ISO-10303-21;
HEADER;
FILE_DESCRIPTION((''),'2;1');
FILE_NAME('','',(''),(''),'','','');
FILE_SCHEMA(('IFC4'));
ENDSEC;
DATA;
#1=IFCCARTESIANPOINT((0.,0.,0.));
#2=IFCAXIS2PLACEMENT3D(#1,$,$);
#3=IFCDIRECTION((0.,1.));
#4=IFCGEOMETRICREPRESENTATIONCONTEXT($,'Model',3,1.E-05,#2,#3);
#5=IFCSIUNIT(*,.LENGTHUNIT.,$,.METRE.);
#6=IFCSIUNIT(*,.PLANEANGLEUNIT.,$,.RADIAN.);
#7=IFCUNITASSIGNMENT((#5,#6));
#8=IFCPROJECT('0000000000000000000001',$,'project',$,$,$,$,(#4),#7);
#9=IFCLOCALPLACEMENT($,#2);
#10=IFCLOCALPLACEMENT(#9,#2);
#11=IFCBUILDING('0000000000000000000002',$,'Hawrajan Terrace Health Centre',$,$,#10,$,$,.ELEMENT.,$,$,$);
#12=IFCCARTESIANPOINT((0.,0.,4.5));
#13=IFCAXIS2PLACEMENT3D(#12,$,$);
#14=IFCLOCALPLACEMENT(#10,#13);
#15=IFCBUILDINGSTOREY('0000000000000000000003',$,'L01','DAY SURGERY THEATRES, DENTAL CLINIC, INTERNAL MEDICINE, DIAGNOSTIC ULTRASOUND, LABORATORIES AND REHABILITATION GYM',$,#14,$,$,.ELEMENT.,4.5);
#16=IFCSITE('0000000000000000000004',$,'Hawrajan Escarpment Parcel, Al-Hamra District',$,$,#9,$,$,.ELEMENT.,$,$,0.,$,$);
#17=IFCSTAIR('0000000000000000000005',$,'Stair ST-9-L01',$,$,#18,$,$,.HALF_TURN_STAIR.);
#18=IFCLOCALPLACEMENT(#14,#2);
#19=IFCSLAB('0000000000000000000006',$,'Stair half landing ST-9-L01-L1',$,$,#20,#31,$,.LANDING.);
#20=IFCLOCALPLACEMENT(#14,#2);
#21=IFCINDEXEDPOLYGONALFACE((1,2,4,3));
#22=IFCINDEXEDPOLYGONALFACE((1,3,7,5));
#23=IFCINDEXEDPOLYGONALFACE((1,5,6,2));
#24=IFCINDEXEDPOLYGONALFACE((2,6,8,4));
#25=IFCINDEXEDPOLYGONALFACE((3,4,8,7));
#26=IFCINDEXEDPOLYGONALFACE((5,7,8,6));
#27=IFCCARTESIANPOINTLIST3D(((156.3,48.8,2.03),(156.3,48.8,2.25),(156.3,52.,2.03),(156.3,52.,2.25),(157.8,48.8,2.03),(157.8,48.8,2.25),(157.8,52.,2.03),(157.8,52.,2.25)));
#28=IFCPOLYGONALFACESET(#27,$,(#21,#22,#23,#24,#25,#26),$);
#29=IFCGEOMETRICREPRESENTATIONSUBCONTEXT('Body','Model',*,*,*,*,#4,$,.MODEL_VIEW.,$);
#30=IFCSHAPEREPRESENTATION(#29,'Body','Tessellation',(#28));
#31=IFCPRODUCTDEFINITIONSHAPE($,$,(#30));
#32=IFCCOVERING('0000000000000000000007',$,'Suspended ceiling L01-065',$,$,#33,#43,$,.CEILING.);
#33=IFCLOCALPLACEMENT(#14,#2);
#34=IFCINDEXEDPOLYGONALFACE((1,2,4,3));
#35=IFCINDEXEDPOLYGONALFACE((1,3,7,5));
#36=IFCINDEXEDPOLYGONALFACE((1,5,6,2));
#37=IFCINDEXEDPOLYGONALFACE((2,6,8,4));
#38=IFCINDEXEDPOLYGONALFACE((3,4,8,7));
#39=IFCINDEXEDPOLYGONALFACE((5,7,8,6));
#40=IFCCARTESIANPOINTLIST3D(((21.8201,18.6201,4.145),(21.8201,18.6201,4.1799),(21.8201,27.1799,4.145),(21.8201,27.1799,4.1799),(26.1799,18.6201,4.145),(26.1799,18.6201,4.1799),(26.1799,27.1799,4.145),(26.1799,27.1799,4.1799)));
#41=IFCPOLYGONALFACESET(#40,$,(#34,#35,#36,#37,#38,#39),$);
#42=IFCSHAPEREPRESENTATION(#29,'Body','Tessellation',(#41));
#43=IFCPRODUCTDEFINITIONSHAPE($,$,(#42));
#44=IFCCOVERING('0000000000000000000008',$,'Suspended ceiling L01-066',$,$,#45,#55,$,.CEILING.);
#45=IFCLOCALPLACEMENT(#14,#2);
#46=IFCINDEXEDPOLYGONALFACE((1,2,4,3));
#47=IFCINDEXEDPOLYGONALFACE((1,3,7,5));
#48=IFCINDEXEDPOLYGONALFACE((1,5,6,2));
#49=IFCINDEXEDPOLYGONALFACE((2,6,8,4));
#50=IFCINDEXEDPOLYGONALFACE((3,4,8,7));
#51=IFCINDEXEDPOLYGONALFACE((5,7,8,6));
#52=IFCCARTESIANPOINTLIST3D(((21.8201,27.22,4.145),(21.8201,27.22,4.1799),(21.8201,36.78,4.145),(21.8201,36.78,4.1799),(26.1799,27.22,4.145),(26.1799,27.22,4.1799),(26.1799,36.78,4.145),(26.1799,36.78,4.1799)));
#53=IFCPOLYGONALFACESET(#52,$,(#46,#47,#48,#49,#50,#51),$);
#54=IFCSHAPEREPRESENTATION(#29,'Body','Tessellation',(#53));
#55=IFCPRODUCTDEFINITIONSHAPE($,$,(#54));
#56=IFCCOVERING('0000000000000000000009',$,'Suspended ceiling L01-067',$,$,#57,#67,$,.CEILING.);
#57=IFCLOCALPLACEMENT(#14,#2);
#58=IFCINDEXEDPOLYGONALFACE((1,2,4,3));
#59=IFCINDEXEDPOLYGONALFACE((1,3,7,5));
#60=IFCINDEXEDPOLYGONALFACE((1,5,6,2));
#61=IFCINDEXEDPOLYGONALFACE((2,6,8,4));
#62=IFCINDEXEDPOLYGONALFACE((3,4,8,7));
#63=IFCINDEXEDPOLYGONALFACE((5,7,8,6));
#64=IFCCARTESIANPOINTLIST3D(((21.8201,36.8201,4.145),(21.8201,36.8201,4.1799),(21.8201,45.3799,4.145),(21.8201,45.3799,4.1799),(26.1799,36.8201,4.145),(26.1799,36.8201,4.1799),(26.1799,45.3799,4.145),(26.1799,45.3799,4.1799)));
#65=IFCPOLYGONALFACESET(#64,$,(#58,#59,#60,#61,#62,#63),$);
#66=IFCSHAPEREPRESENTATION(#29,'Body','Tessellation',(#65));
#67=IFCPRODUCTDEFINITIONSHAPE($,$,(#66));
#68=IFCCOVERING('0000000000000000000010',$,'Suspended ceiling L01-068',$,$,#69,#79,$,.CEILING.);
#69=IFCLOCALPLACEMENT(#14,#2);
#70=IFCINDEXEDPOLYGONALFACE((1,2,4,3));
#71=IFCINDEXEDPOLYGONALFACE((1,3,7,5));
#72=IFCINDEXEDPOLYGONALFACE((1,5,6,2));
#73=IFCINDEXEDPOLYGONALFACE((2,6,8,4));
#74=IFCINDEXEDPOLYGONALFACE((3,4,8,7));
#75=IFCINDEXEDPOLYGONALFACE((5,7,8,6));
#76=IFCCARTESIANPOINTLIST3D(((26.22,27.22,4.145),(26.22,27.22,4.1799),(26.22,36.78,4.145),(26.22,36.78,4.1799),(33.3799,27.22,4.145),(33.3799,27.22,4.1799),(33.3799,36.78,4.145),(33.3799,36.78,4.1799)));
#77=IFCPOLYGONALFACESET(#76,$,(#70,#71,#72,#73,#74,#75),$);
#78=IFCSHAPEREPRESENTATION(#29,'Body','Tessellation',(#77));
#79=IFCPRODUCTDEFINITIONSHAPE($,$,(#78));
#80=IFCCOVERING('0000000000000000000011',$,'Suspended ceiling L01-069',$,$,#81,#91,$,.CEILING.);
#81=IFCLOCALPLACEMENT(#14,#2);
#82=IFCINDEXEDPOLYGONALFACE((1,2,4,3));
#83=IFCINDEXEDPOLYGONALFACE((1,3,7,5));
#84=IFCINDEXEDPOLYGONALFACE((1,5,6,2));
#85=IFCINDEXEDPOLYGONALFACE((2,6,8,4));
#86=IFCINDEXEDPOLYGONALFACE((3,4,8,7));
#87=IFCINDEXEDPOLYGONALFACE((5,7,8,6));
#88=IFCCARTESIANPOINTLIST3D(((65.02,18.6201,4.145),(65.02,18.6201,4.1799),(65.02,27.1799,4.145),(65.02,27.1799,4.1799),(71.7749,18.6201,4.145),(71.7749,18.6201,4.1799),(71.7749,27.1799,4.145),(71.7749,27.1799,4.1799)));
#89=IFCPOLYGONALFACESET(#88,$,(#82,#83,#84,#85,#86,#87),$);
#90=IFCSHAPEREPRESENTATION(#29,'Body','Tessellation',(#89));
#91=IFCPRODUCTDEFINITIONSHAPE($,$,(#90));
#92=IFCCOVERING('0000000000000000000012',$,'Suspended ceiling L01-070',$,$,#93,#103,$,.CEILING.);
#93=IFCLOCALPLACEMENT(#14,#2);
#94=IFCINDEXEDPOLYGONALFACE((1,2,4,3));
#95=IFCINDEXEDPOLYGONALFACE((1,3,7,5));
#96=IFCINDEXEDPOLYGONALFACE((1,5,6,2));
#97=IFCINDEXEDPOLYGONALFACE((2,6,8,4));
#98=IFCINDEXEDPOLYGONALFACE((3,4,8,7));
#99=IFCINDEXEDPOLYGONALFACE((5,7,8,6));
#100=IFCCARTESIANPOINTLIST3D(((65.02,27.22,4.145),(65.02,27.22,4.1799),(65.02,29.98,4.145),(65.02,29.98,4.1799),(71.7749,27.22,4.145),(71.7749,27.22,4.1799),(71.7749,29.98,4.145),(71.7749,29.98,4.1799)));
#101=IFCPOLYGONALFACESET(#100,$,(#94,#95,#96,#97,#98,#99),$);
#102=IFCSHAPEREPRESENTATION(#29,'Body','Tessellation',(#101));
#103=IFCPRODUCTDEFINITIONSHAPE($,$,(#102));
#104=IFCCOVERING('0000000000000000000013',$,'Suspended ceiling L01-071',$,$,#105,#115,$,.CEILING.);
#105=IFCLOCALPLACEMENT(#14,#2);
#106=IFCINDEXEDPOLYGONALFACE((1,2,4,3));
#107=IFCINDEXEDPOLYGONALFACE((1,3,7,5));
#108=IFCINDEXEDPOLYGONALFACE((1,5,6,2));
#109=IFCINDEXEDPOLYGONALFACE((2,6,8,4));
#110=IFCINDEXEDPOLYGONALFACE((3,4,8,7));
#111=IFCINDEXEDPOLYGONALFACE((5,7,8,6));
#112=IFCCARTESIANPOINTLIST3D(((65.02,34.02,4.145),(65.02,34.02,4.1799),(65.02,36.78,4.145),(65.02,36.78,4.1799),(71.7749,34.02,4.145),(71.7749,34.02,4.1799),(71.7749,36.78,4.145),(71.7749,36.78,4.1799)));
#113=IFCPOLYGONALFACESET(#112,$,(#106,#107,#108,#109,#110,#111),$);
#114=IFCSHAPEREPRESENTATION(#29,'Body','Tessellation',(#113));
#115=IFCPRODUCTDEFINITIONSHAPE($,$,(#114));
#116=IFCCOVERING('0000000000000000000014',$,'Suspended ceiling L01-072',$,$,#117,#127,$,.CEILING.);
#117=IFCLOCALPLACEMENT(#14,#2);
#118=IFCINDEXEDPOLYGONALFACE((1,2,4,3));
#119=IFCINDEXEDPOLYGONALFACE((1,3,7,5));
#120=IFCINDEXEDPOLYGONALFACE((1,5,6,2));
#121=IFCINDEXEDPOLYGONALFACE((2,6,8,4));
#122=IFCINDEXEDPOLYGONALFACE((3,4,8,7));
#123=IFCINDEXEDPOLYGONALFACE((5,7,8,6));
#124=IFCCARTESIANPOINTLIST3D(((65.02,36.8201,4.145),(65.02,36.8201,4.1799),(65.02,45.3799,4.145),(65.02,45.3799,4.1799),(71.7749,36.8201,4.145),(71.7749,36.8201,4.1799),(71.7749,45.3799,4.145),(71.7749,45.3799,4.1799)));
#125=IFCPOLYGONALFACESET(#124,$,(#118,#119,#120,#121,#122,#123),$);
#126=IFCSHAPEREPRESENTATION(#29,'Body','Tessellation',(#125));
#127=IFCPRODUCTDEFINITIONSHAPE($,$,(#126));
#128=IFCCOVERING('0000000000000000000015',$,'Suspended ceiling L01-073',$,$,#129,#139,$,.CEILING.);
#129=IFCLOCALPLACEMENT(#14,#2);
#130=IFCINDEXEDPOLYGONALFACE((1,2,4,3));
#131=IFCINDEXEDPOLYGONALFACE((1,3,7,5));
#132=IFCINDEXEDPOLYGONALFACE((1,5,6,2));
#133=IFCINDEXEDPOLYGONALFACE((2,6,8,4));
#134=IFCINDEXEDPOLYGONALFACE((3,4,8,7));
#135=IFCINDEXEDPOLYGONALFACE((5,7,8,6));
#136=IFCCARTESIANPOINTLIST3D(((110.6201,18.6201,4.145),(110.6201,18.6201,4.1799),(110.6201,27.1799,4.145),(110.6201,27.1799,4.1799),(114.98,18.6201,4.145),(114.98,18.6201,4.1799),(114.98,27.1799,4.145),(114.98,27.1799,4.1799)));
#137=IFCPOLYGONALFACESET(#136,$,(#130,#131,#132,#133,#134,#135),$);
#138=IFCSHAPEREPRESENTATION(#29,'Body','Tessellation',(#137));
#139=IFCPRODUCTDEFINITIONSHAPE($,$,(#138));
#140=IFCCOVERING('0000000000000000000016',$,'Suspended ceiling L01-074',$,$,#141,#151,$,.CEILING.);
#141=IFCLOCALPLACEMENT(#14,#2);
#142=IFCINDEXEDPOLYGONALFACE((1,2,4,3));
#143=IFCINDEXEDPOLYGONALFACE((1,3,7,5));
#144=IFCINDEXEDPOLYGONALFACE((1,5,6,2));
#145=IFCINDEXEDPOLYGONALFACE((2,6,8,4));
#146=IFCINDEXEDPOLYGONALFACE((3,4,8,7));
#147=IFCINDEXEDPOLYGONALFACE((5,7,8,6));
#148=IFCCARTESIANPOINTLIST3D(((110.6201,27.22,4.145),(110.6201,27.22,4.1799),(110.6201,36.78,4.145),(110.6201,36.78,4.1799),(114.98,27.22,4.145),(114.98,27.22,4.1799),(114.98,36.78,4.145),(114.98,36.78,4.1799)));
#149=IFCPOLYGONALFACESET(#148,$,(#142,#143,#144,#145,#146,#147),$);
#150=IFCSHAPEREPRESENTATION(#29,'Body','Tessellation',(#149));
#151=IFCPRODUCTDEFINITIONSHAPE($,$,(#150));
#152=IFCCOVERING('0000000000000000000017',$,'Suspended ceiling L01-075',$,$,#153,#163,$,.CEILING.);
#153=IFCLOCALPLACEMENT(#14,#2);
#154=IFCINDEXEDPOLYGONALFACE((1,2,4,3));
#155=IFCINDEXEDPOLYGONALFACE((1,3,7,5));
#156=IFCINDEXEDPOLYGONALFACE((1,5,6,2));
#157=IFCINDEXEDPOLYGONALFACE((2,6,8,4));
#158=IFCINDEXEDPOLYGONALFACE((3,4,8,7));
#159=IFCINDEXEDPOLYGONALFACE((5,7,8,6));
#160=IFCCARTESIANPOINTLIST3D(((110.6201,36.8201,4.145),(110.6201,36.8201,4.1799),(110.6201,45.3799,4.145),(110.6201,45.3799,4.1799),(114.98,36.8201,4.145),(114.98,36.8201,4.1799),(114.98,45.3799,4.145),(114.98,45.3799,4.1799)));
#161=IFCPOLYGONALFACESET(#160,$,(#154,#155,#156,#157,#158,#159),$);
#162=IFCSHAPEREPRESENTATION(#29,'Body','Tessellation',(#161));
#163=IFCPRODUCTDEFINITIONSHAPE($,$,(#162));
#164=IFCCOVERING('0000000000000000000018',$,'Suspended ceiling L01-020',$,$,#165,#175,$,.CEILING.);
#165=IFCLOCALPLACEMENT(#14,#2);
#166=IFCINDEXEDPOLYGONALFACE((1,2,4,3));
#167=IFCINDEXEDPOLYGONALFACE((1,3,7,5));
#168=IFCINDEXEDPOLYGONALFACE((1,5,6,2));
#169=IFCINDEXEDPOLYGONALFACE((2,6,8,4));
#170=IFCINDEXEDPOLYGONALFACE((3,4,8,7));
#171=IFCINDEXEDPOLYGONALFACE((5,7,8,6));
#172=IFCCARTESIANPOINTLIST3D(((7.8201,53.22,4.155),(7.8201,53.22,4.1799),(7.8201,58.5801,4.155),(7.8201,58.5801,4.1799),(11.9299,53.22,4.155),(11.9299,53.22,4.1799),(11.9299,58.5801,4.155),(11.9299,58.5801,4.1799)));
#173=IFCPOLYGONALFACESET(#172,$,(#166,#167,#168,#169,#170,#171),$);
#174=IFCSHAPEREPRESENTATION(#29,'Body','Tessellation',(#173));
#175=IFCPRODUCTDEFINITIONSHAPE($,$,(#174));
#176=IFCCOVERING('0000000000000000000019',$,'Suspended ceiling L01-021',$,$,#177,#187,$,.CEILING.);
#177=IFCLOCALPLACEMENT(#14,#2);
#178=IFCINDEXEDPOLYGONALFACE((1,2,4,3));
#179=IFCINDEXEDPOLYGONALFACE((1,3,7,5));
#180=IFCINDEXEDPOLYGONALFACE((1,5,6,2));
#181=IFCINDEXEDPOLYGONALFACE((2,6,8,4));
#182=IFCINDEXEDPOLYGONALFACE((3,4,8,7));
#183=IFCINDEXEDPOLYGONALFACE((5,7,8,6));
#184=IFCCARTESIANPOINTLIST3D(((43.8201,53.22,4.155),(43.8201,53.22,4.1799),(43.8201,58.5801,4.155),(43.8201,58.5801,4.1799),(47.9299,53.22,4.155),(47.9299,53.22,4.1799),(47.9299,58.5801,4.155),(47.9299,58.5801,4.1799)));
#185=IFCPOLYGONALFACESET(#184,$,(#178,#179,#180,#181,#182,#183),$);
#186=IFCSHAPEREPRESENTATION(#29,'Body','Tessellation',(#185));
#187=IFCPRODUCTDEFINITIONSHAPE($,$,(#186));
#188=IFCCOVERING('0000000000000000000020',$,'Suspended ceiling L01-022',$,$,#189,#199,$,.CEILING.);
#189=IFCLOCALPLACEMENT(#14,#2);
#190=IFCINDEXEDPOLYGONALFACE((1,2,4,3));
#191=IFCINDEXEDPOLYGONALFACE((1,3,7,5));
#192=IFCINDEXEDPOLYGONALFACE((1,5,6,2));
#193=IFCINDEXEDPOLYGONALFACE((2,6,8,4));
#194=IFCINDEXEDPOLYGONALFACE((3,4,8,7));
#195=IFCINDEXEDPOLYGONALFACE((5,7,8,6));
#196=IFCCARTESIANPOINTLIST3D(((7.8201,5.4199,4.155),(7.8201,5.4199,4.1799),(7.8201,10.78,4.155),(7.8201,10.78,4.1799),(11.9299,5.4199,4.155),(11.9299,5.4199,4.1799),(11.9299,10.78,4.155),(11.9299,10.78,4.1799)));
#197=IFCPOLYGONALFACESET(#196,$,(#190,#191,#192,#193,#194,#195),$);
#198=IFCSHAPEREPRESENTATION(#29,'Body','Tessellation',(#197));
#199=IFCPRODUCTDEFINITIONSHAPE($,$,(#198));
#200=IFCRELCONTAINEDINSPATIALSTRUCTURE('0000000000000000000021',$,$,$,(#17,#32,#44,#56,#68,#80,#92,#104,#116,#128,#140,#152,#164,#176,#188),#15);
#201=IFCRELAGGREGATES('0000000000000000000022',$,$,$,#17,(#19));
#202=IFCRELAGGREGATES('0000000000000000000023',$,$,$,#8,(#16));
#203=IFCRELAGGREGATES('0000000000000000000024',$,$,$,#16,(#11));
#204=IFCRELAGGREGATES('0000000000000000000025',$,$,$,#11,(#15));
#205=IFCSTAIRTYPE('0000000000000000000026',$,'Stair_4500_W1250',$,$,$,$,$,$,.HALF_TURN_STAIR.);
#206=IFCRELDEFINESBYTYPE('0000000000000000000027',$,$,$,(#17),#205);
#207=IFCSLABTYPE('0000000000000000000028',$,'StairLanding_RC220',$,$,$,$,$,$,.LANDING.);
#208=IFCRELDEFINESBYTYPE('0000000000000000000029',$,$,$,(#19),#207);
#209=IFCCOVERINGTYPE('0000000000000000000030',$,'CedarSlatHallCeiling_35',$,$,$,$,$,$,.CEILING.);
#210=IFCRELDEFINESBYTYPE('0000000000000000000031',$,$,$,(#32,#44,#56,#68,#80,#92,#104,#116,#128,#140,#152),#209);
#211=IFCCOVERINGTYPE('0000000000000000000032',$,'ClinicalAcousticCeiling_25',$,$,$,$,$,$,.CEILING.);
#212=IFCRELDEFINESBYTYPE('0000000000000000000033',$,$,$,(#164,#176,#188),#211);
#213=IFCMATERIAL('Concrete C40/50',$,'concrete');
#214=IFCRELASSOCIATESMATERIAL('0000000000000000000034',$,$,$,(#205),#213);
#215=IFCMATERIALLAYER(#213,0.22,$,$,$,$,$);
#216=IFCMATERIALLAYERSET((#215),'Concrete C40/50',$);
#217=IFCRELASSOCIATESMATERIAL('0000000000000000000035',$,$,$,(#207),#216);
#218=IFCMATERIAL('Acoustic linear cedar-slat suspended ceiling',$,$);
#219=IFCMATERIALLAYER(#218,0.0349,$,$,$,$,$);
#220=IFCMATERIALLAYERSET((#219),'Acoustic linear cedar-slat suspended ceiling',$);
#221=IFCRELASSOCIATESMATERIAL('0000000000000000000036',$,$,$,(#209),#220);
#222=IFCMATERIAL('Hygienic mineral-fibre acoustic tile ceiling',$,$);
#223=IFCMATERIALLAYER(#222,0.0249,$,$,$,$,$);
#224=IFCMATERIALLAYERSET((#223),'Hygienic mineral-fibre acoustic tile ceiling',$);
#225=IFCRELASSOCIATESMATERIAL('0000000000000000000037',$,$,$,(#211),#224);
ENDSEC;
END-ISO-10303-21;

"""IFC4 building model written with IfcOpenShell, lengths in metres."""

from ifc_helpers import new_model, si_unit, direction, frame, origin, place, context, subcontext, project, spatial, polyline, outline, extrude, material, layer, layer_set, type_object, element, aggregate, save


model = new_model("IFC4")

# Units and contexts
model_context = context("Model", 3, precision=1e-05, world=origin(), true_north=direction((0.0, 1.0)))
body_context = subcontext(model_context, "Body", "Model", "MODEL_VIEW")
ifc_project = project(units=[si_unit("LENGTHUNIT", "METRE"), si_unit("PLANEANGLEUNIT", "RADIAN")], contexts=[model_context])

# Site, building, storey
site_placement = place(None, origin())
site = spatial("IfcSite", under=ifc_project, at=site_placement, Name="Hawrajan Escarpment Parcel, Al-Hamra District", CompositionType="ELEMENT", RefElevation=0.0)
building_placement = place(site_placement, origin())
building = spatial("IfcBuilding", under=site, at=building_placement, Name="Hawrajan Terrace Health Centre", CompositionType="ELEMENT")
storey_placement = place(building_placement, frame((0.0, 0.0, 4.5)))
storey = spatial("IfcBuildingStorey", under=building, at=storey_placement, Name="L01", Description="DAY SURGERY THEATRES, DENTAL CLINIC, INTERNAL MEDICINE, DIAGNOSTIC ULTRASOUND, LABORATORIES AND REHABILITATION GYM", CompositionType="ELEMENT", Elevation=4.5)

# Stair, slab
ifc_material_1 = material(Name="Concrete C40/50", Category="concrete")
stair_type = type_object("IfcStairType", Name="Stair_4500_W1250", PredefinedType="HALF_TURN_STAIR", material=ifc_material_1)
stair_placement = place(storey_placement, origin())
stair = element("IfcStair", 1, at=stair_placement, inside=storey, type_object=stair_type, Name="Stair ST-9-L01", PredefinedType="HALF_TURN_STAIR")
ifc_layer_1 = layer(ifc_material_1, 0.22)
ifc_layer_set_1 = layer_set([ifc_layer_1], Name="Concrete C40/50")
slab_type = type_object("IfcSlabType", Name="StairLanding_RC220", PredefinedType="LANDING", material=ifc_layer_set_1)
slab_placement = place(storey_placement, frame((0.0, 0.0, 2.03)))
slab = element("IfcSlab", 2, at=slab_placement, type_object=slab_type, Name="Stair half landing ST-9-L01-L1", PredefinedType="LANDING", context=body_context, shape_type="SweptSolid", body=[
    extrude(outline(polyline([(156.3, 48.8), (157.8, 48.8), (157.8, 52.0), (156.3, 52.0), (156.3, 48.8)])), origin(), (0.0, 0.0, 1.0), 0.22),
])
aggregate(stair, [slab])

# Coverings
ifc_material_2 = material(Name="Acoustic linear cedar-slat suspended ceiling")
ifc_layer_2 = layer(ifc_material_2, 0.0349)
ifc_layer_set_2 = layer_set([ifc_layer_2], Name="Acoustic linear cedar-slat suspended ceiling")
covering_type_1 = type_object("IfcCoveringType", Name="CedarSlatHallCeiling_35", PredefinedType="CEILING", material=ifc_layer_set_2)
covering_1_placement = place(storey_placement, frame((0.0, 0.0, 4.145)))
element("IfcCovering", 3, at=covering_1_placement, inside=storey, type_object=covering_type_1, Name="Suspended ceiling L01-065", PredefinedType="CEILING", context=body_context, shape_type="SweptSolid", body=[
    extrude(outline(polyline([(21.8201, 27.1799), (26.1799, 27.1799), (26.1799, 18.6201), (21.8201, 18.6201), (21.8201, 27.1799)])), origin(), (0.0, 0.0, 1.0), 0.0349),
])
covering_2_placement = place(storey_placement, frame((0.0, 0.0, 4.145)))
element("IfcCovering", 4, at=covering_2_placement, inside=storey, type_object=covering_type_1, Name="Suspended ceiling L01-066", PredefinedType="CEILING", context=body_context, shape_type="SweptSolid", body=[
    extrude(outline(polyline([(21.8201, 36.78), (26.1799, 36.78), (26.1799, 27.22), (21.8201, 27.22), (21.8201, 36.78)])), origin(), (0.0, 0.0, 1.0), 0.0349),
])
covering_3_placement = place(storey_placement, frame((0.0, 0.0, 4.145)))
element("IfcCovering", 5, at=covering_3_placement, inside=storey, type_object=covering_type_1, Name="Suspended ceiling L01-067", PredefinedType="CEILING", context=body_context, shape_type="SweptSolid", body=[
    extrude(outline(polyline([(21.8201, 45.3799), (26.1799, 45.3799), (26.1799, 36.8201), (21.8201, 36.8201), (21.8201, 45.3799)])), origin(), (0.0, 0.0, 1.0), 0.0349),
])
covering_4_placement = place(storey_placement, frame((0.0, 0.0, 4.145)))
element("IfcCovering", 6, at=covering_4_placement, inside=storey, type_object=covering_type_1, Name="Suspended ceiling L01-068", PredefinedType="CEILING", context=body_context, shape_type="SweptSolid", body=[
    extrude(outline(polyline([(26.22, 36.78), (33.3799, 36.78), (33.3799, 27.22), (26.22, 27.22), (26.22, 36.78)])), origin(), (0.0, 0.0, 1.0), 0.0349),
])
covering_5_placement = place(storey_placement, frame((0.0, 0.0, 4.145)))
element("IfcCovering", 7, at=covering_5_placement, inside=storey, type_object=covering_type_1, Name="Suspended ceiling L01-069", PredefinedType="CEILING", context=body_context, shape_type="SweptSolid", body=[
    extrude(outline(polyline([(65.02, 27.1799), (71.7749, 27.1799), (71.7749, 18.6201), (65.02, 18.6201), (65.02, 27.1799)])), origin(), (0.0, 0.0, 1.0), 0.0349),
])
covering_6_placement = place(storey_placement, frame((0.0, 0.0, 4.145)))
element("IfcCovering", 8, at=covering_6_placement, inside=storey, type_object=covering_type_1, Name="Suspended ceiling L01-070", PredefinedType="CEILING", context=body_context, shape_type="SweptSolid", body=[
    extrude(outline(polyline([(65.02, 29.98), (71.7749, 29.98), (71.7749, 27.22), (65.02, 27.22), (65.02, 29.98)])), origin(), (0.0, 0.0, 1.0), 0.0349),
])
covering_7_placement = place(storey_placement, frame((0.0, 0.0, 4.145)))
element("IfcCovering", 9, at=covering_7_placement, inside=storey, type_object=covering_type_1, Name="Suspended ceiling L01-071", PredefinedType="CEILING", context=body_context, shape_type="SweptSolid", body=[
    extrude(outline(polyline([(65.02, 36.78), (71.7749, 36.78), (71.7749, 34.02), (65.02, 34.02), (65.02, 36.78)])), origin(), (0.0, 0.0, 1.0), 0.0349),
])
covering_8_placement = place(storey_placement, frame((0.0, 0.0, 4.145)))
element("IfcCovering", 10, at=covering_8_placement, inside=storey, type_object=covering_type_1, Name="Suspended ceiling L01-072", PredefinedType="CEILING", context=body_context, shape_type="SweptSolid", body=[
    extrude(outline(polyline([(65.02, 45.3799), (71.7749, 45.3799), (71.7749, 36.8201), (65.02, 36.8201), (65.02, 45.3799)])), origin(), (0.0, 0.0, 1.0), 0.0349),
])
covering_9_placement = place(storey_placement, frame((0.0, 0.0, 4.145)))
element("IfcCovering", 11, at=covering_9_placement, inside=storey, type_object=covering_type_1, Name="Suspended ceiling L01-073", PredefinedType="CEILING", context=body_context, shape_type="SweptSolid", body=[
    extrude(outline(polyline([(110.6201, 27.1799), (114.98, 27.1799), (114.98, 18.6201), (110.6201, 18.6201), (110.6201, 27.1799)])), origin(), (0.0, 0.0, 1.0), 0.0349),
])
covering_10_placement = place(storey_placement, frame((0.0, 0.0, 4.145)))
element("IfcCovering", 12, at=covering_10_placement, inside=storey, type_object=covering_type_1, Name="Suspended ceiling L01-074", PredefinedType="CEILING", context=body_context, shape_type="SweptSolid", body=[
    extrude(outline(polyline([(110.6201, 36.78), (114.98, 36.78), (114.98, 27.22), (110.6201, 27.22), (110.6201, 36.78)])), origin(), (0.0, 0.0, 1.0), 0.0349),
])
covering_11_placement = place(storey_placement, frame((0.0, 0.0, 4.145)))
element("IfcCovering", 13, at=covering_11_placement, inside=storey, type_object=covering_type_1, Name="Suspended ceiling L01-075", PredefinedType="CEILING", context=body_context, shape_type="SweptSolid", body=[
    extrude(outline(polyline([(110.6201, 45.3799), (114.98, 45.3799), (114.98, 36.8201), (110.6201, 36.8201), (110.6201, 45.3799)])), origin(), (0.0, 0.0, 1.0), 0.0349),
])
ifc_material_3 = material(Name="Hygienic mineral-fibre acoustic tile ceiling")
ifc_layer_3 = layer(ifc_material_3, 0.0249)
ifc_layer_set_3 = layer_set([ifc_layer_3], Name="Hygienic mineral-fibre acoustic tile ceiling")
covering_type_2 = type_object("IfcCoveringType", Name="ClinicalAcousticCeiling_25", PredefinedType="CEILING", material=ifc_layer_set_3)
covering_12_placement = place(storey_placement, frame((0.0, 0.0, 4.155)))
element("IfcCovering", 14, at=covering_12_placement, inside=storey, type_object=covering_type_2, Name="Suspended ceiling L01-020", PredefinedType="CEILING", context=body_context, shape_type="SweptSolid", body=[
    extrude(outline(polyline([(7.8201, 53.22), (7.8201, 58.5801), (11.9299, 58.5801), (11.9299, 53.22), (7.8201, 53.22)])), origin(), (0.0, 0.0, 1.0), 0.0249),
])
covering_13_placement = place(storey_placement, frame((0.0, 0.0, 4.155)))
element("IfcCovering", 15, at=covering_13_placement, inside=storey, type_object=covering_type_2, Name="Suspended ceiling L01-021", PredefinedType="CEILING", context=body_context, shape_type="SweptSolid", body=[
    extrude(outline(polyline([(43.8201, 53.22), (43.8201, 58.5801), (47.9299, 58.5801), (47.9299, 53.22), (43.8201, 53.22)])), origin(), (0.0, 0.0, 1.0), 0.0249),
])
covering_14_placement = place(storey_placement, frame((0.0, 0.0, 4.155)))
element("IfcCovering", 16, at=covering_14_placement, inside=storey, type_object=covering_type_2, Name="Suspended ceiling L01-022", PredefinedType="CEILING", context=body_context, shape_type="SweptSolid", body=[
    extrude(outline(polyline([(7.8201, 5.4199), (7.8201, 10.78), (11.9299, 10.78), (11.9299, 5.4199), (7.8201, 5.4199)])), origin(), (0.0, 0.0, 1.0), 0.0249),
])

save(model, "model.ifc")
